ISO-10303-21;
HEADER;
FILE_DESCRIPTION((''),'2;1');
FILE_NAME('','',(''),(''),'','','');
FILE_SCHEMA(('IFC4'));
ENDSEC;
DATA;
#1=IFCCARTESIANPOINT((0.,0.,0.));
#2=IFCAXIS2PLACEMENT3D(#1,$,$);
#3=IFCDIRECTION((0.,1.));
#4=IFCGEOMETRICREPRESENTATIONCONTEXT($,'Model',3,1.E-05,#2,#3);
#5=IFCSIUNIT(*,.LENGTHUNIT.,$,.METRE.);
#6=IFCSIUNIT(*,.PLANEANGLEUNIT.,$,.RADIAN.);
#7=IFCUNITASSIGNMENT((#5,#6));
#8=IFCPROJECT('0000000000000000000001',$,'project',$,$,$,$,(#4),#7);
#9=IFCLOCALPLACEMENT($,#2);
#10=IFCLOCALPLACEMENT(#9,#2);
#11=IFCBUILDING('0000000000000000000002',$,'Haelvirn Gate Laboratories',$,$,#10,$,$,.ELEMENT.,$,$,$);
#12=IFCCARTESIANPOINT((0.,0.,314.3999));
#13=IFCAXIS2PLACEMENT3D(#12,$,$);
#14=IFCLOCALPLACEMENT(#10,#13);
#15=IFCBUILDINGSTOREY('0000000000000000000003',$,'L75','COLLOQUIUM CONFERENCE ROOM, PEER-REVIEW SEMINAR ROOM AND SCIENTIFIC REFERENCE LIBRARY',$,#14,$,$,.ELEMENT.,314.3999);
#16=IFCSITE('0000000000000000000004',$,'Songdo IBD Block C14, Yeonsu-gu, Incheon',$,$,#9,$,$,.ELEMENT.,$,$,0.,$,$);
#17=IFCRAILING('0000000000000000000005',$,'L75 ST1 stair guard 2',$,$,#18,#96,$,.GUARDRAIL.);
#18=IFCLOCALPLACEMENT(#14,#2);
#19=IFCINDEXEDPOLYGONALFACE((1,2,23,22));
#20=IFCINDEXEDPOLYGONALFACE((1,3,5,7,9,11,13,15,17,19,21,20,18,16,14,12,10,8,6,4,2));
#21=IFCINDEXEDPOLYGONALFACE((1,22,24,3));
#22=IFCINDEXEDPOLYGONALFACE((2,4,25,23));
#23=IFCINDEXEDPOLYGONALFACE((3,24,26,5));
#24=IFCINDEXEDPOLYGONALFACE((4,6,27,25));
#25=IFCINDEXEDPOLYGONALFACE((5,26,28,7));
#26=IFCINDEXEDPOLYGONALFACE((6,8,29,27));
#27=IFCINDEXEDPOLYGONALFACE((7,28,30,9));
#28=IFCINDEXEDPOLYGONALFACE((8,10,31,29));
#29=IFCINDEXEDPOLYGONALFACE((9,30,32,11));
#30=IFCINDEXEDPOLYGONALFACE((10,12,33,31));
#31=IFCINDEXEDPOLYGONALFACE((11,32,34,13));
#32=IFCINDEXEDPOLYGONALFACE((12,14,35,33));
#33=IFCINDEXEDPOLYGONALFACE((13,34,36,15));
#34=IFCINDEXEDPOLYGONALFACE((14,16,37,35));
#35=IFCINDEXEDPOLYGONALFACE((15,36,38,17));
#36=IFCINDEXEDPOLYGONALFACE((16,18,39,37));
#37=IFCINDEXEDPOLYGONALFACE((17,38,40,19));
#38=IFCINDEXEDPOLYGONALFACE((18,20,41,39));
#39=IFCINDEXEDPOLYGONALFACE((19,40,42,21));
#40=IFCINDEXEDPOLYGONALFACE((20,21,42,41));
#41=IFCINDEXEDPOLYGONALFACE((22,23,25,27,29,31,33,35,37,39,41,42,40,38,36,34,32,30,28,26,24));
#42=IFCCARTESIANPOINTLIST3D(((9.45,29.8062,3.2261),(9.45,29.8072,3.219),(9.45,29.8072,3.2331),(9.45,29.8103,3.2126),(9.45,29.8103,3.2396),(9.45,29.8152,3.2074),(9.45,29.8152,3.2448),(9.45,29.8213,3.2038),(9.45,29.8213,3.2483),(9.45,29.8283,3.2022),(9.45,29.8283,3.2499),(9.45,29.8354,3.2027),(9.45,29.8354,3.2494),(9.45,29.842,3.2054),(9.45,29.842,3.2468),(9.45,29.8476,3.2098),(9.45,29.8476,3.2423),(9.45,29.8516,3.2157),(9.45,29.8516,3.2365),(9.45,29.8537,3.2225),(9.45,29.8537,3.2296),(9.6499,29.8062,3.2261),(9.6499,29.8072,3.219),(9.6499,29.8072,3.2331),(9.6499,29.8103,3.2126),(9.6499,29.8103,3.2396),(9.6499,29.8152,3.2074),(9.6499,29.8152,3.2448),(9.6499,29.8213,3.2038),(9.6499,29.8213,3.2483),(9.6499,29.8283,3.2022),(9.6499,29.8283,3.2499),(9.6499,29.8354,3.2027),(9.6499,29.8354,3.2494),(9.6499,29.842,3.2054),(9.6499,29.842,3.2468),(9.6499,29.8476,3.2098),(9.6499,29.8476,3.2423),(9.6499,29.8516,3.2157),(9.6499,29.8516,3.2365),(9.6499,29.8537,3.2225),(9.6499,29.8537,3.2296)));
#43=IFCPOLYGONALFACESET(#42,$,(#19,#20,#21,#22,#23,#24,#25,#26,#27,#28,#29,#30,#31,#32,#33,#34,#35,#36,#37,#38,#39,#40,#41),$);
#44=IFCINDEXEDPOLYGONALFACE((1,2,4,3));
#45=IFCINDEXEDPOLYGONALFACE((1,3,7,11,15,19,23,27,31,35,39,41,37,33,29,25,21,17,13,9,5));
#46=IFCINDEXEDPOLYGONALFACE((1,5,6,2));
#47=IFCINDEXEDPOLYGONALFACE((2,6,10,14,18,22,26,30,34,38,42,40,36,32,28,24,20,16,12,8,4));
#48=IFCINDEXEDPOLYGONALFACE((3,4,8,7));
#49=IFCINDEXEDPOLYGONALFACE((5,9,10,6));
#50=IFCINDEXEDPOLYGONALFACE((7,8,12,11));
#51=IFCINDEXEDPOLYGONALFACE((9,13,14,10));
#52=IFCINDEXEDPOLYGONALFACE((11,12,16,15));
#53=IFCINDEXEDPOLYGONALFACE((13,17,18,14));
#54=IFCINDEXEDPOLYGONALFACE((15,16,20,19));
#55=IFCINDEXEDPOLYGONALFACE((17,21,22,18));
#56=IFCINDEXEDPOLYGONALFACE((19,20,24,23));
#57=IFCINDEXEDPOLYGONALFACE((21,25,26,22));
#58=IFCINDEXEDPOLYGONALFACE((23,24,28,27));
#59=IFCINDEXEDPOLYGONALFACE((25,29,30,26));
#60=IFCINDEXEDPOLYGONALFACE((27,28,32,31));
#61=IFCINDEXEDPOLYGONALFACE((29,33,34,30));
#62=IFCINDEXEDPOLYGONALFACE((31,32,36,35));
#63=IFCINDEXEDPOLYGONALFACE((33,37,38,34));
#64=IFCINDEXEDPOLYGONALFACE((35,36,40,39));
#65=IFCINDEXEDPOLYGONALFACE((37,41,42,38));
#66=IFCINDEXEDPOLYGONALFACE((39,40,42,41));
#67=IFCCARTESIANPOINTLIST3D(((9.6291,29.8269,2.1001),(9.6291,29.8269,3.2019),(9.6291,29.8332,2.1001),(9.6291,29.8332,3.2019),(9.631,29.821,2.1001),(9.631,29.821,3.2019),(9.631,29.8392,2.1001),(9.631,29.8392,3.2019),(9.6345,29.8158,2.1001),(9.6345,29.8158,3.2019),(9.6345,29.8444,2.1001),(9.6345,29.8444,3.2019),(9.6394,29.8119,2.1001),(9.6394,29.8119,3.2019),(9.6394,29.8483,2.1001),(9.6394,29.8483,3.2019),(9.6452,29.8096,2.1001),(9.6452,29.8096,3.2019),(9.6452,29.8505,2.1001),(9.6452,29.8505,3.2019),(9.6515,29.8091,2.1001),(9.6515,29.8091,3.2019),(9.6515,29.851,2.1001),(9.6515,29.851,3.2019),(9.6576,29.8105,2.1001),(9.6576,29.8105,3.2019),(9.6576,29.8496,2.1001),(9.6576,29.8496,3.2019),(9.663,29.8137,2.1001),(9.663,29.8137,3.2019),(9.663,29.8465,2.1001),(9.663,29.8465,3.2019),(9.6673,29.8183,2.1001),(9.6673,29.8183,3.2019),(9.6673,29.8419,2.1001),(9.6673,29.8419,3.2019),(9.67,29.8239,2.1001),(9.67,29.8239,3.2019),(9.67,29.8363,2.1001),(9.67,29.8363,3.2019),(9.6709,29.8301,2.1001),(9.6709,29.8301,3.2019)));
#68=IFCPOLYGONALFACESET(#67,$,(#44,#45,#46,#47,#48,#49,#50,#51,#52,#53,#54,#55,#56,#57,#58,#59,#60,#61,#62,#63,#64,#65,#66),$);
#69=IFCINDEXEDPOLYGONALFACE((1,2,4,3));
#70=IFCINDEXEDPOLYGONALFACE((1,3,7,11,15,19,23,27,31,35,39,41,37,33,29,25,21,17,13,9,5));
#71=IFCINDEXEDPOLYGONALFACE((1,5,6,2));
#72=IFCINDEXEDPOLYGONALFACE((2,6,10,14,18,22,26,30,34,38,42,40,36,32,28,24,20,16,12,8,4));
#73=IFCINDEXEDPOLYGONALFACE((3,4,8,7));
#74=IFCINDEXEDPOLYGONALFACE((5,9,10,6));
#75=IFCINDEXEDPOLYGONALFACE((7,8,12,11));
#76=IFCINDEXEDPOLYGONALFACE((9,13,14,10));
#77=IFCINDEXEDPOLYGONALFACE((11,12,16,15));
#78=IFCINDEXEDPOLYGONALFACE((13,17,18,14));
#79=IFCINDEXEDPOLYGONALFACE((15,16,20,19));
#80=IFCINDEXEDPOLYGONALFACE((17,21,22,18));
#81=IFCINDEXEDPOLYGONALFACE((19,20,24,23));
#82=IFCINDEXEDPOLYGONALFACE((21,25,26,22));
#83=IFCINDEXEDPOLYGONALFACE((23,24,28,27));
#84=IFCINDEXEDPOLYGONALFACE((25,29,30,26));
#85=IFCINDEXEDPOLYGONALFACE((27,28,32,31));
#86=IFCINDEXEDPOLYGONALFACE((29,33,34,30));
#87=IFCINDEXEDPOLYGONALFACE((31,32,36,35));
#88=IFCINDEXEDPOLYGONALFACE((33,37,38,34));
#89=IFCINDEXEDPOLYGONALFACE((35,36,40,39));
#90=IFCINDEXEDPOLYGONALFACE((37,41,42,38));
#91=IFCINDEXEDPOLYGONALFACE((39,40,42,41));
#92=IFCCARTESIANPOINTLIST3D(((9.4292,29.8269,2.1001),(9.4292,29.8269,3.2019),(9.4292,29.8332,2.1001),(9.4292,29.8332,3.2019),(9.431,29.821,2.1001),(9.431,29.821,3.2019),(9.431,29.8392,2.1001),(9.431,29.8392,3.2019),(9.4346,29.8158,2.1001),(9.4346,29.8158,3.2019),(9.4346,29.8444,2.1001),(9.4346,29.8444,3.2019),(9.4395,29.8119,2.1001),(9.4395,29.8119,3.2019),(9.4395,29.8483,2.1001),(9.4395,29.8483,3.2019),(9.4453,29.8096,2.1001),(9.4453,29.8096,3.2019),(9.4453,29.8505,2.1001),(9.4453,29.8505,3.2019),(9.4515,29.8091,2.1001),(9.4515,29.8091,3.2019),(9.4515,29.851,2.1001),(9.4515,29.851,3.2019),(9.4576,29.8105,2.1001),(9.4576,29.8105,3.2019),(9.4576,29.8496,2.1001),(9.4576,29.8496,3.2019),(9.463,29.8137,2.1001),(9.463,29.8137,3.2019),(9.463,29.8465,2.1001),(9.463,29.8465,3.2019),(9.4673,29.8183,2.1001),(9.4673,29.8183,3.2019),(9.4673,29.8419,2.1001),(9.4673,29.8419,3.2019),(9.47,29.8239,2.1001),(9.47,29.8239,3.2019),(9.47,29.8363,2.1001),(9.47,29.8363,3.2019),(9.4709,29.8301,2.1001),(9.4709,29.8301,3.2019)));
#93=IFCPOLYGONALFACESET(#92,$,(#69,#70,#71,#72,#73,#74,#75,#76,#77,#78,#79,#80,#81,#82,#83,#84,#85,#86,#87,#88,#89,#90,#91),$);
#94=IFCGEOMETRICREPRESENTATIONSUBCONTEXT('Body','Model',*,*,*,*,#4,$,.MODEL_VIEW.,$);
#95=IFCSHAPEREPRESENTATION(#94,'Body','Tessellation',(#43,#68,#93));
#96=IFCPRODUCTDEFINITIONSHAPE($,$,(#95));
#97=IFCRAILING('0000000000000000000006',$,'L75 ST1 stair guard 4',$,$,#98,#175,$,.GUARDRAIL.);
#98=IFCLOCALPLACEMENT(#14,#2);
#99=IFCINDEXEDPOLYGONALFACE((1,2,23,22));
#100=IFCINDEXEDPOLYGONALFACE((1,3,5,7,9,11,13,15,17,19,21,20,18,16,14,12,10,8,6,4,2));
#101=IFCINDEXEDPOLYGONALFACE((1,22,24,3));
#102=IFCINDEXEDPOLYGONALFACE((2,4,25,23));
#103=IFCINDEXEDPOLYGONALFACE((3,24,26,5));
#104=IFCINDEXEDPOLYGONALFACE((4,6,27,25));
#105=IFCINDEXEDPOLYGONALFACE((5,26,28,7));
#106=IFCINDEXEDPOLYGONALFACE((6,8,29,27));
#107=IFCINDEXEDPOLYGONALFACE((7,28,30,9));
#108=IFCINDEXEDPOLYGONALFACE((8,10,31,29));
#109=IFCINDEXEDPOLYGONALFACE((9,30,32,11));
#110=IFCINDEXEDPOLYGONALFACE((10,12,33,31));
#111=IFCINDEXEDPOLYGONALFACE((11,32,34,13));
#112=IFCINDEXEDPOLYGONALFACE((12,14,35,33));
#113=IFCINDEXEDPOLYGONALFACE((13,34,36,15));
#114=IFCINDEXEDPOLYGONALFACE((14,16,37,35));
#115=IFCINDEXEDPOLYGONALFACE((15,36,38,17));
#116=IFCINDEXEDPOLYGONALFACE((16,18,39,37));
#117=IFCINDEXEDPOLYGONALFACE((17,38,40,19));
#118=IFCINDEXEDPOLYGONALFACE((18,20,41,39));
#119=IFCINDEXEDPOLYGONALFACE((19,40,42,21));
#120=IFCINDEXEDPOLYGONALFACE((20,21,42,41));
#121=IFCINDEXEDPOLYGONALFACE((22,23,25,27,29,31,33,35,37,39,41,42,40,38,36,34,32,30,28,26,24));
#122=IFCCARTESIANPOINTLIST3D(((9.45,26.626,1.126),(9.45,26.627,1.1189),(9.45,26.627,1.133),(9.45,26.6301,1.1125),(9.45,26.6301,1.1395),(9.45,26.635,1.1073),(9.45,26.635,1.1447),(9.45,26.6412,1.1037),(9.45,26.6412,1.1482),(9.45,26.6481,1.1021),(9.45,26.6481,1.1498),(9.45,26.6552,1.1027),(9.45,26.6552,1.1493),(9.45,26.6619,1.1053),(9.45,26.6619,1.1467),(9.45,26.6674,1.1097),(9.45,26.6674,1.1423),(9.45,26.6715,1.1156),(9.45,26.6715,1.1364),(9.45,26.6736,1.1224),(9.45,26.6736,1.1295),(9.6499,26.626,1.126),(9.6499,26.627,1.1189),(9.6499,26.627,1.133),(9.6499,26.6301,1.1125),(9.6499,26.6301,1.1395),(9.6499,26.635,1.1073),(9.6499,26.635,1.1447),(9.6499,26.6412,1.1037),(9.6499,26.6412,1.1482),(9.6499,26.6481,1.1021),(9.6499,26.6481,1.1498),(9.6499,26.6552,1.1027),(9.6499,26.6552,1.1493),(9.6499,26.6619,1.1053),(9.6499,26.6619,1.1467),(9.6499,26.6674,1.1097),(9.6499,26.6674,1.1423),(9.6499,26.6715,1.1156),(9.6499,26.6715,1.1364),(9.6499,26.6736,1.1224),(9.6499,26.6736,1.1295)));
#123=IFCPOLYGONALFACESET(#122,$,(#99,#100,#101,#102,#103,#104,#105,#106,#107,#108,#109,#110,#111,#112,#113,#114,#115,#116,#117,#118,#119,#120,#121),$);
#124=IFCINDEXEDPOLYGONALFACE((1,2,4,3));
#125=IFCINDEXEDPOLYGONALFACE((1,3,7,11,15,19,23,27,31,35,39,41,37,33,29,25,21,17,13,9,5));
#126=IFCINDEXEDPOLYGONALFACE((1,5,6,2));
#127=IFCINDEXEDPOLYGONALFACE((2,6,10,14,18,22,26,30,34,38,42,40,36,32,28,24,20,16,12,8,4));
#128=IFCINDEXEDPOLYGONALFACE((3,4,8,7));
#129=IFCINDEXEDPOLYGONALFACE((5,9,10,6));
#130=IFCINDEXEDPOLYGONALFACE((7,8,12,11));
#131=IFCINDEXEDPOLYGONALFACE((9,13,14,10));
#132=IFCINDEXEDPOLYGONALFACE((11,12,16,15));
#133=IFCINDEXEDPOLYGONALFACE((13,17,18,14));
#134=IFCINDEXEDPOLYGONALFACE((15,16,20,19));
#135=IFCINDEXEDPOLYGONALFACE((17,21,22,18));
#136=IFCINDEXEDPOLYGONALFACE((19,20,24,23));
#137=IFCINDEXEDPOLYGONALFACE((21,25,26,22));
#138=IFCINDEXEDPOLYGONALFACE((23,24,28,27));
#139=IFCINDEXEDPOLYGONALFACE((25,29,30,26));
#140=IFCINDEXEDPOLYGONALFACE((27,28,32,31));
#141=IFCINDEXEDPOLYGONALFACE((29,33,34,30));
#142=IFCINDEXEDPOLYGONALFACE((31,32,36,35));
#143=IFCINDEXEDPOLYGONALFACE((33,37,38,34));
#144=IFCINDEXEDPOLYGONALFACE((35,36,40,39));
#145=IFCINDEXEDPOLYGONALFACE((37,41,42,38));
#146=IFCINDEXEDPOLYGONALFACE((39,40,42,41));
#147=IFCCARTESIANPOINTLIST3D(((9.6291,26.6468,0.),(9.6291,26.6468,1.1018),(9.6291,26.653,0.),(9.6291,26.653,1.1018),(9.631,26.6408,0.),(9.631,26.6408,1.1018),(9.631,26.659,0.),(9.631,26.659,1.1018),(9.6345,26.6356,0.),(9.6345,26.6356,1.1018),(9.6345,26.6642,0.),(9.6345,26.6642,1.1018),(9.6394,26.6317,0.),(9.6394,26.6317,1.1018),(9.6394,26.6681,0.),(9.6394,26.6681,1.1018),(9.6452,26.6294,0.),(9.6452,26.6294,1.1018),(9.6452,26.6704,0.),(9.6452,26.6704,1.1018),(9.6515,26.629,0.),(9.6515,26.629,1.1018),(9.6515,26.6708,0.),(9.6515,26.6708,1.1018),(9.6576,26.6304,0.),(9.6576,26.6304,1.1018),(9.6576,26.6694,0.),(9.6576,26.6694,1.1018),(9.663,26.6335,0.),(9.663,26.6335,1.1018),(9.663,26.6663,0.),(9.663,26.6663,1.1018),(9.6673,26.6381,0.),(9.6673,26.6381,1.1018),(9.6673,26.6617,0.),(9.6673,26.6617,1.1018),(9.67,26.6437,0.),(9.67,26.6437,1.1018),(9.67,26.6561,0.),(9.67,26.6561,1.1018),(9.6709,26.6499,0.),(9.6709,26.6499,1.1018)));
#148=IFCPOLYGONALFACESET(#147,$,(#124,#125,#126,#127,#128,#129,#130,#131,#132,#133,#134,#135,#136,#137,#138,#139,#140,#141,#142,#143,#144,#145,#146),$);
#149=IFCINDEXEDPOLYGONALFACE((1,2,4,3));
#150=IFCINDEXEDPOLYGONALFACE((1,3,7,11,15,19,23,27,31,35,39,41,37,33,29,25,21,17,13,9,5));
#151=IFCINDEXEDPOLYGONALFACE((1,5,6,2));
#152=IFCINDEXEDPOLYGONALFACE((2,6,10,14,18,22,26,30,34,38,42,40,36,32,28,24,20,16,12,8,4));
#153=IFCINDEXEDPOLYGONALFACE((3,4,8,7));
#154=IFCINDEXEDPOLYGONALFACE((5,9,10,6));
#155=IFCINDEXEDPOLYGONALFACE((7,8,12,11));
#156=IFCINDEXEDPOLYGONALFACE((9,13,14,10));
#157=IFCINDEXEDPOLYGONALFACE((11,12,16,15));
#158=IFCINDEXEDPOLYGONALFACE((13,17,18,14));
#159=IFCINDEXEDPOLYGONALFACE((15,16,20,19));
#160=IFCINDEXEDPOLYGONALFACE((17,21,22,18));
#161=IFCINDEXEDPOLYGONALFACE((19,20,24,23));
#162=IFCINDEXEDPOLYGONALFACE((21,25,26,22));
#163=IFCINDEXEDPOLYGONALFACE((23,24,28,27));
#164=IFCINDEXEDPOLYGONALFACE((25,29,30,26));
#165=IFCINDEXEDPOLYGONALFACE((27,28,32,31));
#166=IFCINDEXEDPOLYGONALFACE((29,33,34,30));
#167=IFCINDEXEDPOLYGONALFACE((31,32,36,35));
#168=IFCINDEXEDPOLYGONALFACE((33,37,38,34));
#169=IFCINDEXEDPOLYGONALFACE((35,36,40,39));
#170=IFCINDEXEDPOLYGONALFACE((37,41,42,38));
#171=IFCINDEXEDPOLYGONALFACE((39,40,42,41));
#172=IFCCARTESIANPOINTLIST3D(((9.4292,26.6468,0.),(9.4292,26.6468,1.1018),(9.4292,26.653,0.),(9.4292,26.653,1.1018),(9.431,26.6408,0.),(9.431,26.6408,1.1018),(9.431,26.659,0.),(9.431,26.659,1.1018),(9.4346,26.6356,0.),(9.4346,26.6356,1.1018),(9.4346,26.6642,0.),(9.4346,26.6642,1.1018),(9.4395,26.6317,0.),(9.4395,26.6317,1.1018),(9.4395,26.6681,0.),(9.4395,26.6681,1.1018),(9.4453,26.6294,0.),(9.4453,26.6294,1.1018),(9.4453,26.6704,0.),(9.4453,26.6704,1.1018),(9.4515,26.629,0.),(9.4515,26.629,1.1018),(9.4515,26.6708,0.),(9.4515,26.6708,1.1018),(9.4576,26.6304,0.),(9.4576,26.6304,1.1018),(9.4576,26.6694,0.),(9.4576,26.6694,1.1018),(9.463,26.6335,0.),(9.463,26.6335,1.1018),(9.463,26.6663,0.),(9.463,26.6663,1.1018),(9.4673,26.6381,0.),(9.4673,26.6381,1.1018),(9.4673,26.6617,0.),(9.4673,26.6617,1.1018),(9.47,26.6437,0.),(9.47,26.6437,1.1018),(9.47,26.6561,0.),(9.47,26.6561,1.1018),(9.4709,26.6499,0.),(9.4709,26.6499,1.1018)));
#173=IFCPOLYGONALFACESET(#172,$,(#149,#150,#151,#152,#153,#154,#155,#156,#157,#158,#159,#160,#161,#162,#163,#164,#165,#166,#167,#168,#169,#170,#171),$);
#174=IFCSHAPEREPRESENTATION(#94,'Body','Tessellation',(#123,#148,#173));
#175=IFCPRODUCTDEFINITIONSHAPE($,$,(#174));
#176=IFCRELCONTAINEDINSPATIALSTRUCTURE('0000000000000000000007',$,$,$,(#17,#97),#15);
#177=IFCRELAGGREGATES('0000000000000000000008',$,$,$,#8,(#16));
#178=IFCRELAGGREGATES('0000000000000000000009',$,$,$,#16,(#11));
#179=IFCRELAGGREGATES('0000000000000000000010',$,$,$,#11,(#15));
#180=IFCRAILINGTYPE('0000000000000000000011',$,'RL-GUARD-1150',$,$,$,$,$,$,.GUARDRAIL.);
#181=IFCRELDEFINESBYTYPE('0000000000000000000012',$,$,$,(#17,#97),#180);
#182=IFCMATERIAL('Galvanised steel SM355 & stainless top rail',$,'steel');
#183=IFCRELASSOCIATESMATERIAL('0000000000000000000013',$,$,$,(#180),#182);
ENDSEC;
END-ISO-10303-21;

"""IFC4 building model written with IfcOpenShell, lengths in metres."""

from ifc_helpers import new_model, si_unit, direction, frame, origin, origin_2d, place, context, subcontext, project, spatial, circle, extrude, source, transform, mapped, material, type_object, element, save


model = new_model("IFC4")

# Units and contexts
model_context = context("Model", 3, precision=1e-05, world=origin(), true_north=direction((0.0, 1.0)))
body_context = subcontext(model_context, "Body", "Model", "MODEL_VIEW")
ifc_project = project(units=[si_unit("LENGTHUNIT", "METRE"), si_unit("PLANEANGLEUNIT", "RADIAN")], contexts=[model_context])

# Site, building, storey
site_placement = place(None, origin())
site = spatial("IfcSite", under=ifc_project, at=site_placement, Name="Songdo IBD Block C14, Yeonsu-gu, Incheon", CompositionType="ELEMENT", RefElevation=0.0)
building_placement = place(site_placement, origin())
building = spatial("IfcBuilding", under=site, at=building_placement, Name="Haelvirn Gate Laboratories", CompositionType="ELEMENT")
storey_placement = place(building_placement, frame((0.0, 0.0, 314.3999)))
storey = spatial("IfcBuildingStorey", under=building, at=storey_placement, Name="L75", Description="COLLOQUIUM CONFERENCE ROOM, PEER-REVIEW SEMINAR ROOM AND SCIENTIFIC REFERENCE LIBRARY", CompositionType="ELEMENT", Elevation=314.3999)

# Railings
ifc_material_1 = material(Name="Galvanised steel SM355 & stainless top rail", Category="steel")
railing_type_1 = type_object("IfcRailingType", Name="RL-GUARD-1150", PredefinedType="GUARDRAIL", material=ifc_material_1)
shared_shape_1 = source(origin(), body_context, "Body", "SweptSolid", [
    extrude(circle(Radius=0.0239, at=origin_2d()), frame((0.0, 0.0, 1.126), z_axis=(-1.0, 0.0, 0.0), x_axis=(0.0, -1.0, 0.0)), (0.0, 0.0, 1.0), 0.2),
    extrude(circle(Radius=0.021, at=origin_2d()), origin(), (0.0, 0.0, 1.0), 1.1018),
    extrude(circle(Radius=0.021, at=origin_2d()), frame((-0.2, 0.0, 0.0)), (0.0, 0.0, 1.0), 1.1018),
])
for number, where, name in (
    (1, (9.6499, 29.8301, 2.1001), "L75 ST1 stair guard 2"),
    (2, (9.6499, 26.6499, 0.0), "L75 ST1 stair guard 4"),
):
    element("IfcRailing", number, at=place(storey_placement, frame(where)), inside=storey, type_object=railing_type_1, Name=name, PredefinedType="GUARDRAIL", context=body_context, shape_type="MappedRepresentation", body=[
        mapped(shared_shape_1, transform((0.0, 0.0, 0.0), scale=1.0)),
    ])

save(model, "model.ifc")
